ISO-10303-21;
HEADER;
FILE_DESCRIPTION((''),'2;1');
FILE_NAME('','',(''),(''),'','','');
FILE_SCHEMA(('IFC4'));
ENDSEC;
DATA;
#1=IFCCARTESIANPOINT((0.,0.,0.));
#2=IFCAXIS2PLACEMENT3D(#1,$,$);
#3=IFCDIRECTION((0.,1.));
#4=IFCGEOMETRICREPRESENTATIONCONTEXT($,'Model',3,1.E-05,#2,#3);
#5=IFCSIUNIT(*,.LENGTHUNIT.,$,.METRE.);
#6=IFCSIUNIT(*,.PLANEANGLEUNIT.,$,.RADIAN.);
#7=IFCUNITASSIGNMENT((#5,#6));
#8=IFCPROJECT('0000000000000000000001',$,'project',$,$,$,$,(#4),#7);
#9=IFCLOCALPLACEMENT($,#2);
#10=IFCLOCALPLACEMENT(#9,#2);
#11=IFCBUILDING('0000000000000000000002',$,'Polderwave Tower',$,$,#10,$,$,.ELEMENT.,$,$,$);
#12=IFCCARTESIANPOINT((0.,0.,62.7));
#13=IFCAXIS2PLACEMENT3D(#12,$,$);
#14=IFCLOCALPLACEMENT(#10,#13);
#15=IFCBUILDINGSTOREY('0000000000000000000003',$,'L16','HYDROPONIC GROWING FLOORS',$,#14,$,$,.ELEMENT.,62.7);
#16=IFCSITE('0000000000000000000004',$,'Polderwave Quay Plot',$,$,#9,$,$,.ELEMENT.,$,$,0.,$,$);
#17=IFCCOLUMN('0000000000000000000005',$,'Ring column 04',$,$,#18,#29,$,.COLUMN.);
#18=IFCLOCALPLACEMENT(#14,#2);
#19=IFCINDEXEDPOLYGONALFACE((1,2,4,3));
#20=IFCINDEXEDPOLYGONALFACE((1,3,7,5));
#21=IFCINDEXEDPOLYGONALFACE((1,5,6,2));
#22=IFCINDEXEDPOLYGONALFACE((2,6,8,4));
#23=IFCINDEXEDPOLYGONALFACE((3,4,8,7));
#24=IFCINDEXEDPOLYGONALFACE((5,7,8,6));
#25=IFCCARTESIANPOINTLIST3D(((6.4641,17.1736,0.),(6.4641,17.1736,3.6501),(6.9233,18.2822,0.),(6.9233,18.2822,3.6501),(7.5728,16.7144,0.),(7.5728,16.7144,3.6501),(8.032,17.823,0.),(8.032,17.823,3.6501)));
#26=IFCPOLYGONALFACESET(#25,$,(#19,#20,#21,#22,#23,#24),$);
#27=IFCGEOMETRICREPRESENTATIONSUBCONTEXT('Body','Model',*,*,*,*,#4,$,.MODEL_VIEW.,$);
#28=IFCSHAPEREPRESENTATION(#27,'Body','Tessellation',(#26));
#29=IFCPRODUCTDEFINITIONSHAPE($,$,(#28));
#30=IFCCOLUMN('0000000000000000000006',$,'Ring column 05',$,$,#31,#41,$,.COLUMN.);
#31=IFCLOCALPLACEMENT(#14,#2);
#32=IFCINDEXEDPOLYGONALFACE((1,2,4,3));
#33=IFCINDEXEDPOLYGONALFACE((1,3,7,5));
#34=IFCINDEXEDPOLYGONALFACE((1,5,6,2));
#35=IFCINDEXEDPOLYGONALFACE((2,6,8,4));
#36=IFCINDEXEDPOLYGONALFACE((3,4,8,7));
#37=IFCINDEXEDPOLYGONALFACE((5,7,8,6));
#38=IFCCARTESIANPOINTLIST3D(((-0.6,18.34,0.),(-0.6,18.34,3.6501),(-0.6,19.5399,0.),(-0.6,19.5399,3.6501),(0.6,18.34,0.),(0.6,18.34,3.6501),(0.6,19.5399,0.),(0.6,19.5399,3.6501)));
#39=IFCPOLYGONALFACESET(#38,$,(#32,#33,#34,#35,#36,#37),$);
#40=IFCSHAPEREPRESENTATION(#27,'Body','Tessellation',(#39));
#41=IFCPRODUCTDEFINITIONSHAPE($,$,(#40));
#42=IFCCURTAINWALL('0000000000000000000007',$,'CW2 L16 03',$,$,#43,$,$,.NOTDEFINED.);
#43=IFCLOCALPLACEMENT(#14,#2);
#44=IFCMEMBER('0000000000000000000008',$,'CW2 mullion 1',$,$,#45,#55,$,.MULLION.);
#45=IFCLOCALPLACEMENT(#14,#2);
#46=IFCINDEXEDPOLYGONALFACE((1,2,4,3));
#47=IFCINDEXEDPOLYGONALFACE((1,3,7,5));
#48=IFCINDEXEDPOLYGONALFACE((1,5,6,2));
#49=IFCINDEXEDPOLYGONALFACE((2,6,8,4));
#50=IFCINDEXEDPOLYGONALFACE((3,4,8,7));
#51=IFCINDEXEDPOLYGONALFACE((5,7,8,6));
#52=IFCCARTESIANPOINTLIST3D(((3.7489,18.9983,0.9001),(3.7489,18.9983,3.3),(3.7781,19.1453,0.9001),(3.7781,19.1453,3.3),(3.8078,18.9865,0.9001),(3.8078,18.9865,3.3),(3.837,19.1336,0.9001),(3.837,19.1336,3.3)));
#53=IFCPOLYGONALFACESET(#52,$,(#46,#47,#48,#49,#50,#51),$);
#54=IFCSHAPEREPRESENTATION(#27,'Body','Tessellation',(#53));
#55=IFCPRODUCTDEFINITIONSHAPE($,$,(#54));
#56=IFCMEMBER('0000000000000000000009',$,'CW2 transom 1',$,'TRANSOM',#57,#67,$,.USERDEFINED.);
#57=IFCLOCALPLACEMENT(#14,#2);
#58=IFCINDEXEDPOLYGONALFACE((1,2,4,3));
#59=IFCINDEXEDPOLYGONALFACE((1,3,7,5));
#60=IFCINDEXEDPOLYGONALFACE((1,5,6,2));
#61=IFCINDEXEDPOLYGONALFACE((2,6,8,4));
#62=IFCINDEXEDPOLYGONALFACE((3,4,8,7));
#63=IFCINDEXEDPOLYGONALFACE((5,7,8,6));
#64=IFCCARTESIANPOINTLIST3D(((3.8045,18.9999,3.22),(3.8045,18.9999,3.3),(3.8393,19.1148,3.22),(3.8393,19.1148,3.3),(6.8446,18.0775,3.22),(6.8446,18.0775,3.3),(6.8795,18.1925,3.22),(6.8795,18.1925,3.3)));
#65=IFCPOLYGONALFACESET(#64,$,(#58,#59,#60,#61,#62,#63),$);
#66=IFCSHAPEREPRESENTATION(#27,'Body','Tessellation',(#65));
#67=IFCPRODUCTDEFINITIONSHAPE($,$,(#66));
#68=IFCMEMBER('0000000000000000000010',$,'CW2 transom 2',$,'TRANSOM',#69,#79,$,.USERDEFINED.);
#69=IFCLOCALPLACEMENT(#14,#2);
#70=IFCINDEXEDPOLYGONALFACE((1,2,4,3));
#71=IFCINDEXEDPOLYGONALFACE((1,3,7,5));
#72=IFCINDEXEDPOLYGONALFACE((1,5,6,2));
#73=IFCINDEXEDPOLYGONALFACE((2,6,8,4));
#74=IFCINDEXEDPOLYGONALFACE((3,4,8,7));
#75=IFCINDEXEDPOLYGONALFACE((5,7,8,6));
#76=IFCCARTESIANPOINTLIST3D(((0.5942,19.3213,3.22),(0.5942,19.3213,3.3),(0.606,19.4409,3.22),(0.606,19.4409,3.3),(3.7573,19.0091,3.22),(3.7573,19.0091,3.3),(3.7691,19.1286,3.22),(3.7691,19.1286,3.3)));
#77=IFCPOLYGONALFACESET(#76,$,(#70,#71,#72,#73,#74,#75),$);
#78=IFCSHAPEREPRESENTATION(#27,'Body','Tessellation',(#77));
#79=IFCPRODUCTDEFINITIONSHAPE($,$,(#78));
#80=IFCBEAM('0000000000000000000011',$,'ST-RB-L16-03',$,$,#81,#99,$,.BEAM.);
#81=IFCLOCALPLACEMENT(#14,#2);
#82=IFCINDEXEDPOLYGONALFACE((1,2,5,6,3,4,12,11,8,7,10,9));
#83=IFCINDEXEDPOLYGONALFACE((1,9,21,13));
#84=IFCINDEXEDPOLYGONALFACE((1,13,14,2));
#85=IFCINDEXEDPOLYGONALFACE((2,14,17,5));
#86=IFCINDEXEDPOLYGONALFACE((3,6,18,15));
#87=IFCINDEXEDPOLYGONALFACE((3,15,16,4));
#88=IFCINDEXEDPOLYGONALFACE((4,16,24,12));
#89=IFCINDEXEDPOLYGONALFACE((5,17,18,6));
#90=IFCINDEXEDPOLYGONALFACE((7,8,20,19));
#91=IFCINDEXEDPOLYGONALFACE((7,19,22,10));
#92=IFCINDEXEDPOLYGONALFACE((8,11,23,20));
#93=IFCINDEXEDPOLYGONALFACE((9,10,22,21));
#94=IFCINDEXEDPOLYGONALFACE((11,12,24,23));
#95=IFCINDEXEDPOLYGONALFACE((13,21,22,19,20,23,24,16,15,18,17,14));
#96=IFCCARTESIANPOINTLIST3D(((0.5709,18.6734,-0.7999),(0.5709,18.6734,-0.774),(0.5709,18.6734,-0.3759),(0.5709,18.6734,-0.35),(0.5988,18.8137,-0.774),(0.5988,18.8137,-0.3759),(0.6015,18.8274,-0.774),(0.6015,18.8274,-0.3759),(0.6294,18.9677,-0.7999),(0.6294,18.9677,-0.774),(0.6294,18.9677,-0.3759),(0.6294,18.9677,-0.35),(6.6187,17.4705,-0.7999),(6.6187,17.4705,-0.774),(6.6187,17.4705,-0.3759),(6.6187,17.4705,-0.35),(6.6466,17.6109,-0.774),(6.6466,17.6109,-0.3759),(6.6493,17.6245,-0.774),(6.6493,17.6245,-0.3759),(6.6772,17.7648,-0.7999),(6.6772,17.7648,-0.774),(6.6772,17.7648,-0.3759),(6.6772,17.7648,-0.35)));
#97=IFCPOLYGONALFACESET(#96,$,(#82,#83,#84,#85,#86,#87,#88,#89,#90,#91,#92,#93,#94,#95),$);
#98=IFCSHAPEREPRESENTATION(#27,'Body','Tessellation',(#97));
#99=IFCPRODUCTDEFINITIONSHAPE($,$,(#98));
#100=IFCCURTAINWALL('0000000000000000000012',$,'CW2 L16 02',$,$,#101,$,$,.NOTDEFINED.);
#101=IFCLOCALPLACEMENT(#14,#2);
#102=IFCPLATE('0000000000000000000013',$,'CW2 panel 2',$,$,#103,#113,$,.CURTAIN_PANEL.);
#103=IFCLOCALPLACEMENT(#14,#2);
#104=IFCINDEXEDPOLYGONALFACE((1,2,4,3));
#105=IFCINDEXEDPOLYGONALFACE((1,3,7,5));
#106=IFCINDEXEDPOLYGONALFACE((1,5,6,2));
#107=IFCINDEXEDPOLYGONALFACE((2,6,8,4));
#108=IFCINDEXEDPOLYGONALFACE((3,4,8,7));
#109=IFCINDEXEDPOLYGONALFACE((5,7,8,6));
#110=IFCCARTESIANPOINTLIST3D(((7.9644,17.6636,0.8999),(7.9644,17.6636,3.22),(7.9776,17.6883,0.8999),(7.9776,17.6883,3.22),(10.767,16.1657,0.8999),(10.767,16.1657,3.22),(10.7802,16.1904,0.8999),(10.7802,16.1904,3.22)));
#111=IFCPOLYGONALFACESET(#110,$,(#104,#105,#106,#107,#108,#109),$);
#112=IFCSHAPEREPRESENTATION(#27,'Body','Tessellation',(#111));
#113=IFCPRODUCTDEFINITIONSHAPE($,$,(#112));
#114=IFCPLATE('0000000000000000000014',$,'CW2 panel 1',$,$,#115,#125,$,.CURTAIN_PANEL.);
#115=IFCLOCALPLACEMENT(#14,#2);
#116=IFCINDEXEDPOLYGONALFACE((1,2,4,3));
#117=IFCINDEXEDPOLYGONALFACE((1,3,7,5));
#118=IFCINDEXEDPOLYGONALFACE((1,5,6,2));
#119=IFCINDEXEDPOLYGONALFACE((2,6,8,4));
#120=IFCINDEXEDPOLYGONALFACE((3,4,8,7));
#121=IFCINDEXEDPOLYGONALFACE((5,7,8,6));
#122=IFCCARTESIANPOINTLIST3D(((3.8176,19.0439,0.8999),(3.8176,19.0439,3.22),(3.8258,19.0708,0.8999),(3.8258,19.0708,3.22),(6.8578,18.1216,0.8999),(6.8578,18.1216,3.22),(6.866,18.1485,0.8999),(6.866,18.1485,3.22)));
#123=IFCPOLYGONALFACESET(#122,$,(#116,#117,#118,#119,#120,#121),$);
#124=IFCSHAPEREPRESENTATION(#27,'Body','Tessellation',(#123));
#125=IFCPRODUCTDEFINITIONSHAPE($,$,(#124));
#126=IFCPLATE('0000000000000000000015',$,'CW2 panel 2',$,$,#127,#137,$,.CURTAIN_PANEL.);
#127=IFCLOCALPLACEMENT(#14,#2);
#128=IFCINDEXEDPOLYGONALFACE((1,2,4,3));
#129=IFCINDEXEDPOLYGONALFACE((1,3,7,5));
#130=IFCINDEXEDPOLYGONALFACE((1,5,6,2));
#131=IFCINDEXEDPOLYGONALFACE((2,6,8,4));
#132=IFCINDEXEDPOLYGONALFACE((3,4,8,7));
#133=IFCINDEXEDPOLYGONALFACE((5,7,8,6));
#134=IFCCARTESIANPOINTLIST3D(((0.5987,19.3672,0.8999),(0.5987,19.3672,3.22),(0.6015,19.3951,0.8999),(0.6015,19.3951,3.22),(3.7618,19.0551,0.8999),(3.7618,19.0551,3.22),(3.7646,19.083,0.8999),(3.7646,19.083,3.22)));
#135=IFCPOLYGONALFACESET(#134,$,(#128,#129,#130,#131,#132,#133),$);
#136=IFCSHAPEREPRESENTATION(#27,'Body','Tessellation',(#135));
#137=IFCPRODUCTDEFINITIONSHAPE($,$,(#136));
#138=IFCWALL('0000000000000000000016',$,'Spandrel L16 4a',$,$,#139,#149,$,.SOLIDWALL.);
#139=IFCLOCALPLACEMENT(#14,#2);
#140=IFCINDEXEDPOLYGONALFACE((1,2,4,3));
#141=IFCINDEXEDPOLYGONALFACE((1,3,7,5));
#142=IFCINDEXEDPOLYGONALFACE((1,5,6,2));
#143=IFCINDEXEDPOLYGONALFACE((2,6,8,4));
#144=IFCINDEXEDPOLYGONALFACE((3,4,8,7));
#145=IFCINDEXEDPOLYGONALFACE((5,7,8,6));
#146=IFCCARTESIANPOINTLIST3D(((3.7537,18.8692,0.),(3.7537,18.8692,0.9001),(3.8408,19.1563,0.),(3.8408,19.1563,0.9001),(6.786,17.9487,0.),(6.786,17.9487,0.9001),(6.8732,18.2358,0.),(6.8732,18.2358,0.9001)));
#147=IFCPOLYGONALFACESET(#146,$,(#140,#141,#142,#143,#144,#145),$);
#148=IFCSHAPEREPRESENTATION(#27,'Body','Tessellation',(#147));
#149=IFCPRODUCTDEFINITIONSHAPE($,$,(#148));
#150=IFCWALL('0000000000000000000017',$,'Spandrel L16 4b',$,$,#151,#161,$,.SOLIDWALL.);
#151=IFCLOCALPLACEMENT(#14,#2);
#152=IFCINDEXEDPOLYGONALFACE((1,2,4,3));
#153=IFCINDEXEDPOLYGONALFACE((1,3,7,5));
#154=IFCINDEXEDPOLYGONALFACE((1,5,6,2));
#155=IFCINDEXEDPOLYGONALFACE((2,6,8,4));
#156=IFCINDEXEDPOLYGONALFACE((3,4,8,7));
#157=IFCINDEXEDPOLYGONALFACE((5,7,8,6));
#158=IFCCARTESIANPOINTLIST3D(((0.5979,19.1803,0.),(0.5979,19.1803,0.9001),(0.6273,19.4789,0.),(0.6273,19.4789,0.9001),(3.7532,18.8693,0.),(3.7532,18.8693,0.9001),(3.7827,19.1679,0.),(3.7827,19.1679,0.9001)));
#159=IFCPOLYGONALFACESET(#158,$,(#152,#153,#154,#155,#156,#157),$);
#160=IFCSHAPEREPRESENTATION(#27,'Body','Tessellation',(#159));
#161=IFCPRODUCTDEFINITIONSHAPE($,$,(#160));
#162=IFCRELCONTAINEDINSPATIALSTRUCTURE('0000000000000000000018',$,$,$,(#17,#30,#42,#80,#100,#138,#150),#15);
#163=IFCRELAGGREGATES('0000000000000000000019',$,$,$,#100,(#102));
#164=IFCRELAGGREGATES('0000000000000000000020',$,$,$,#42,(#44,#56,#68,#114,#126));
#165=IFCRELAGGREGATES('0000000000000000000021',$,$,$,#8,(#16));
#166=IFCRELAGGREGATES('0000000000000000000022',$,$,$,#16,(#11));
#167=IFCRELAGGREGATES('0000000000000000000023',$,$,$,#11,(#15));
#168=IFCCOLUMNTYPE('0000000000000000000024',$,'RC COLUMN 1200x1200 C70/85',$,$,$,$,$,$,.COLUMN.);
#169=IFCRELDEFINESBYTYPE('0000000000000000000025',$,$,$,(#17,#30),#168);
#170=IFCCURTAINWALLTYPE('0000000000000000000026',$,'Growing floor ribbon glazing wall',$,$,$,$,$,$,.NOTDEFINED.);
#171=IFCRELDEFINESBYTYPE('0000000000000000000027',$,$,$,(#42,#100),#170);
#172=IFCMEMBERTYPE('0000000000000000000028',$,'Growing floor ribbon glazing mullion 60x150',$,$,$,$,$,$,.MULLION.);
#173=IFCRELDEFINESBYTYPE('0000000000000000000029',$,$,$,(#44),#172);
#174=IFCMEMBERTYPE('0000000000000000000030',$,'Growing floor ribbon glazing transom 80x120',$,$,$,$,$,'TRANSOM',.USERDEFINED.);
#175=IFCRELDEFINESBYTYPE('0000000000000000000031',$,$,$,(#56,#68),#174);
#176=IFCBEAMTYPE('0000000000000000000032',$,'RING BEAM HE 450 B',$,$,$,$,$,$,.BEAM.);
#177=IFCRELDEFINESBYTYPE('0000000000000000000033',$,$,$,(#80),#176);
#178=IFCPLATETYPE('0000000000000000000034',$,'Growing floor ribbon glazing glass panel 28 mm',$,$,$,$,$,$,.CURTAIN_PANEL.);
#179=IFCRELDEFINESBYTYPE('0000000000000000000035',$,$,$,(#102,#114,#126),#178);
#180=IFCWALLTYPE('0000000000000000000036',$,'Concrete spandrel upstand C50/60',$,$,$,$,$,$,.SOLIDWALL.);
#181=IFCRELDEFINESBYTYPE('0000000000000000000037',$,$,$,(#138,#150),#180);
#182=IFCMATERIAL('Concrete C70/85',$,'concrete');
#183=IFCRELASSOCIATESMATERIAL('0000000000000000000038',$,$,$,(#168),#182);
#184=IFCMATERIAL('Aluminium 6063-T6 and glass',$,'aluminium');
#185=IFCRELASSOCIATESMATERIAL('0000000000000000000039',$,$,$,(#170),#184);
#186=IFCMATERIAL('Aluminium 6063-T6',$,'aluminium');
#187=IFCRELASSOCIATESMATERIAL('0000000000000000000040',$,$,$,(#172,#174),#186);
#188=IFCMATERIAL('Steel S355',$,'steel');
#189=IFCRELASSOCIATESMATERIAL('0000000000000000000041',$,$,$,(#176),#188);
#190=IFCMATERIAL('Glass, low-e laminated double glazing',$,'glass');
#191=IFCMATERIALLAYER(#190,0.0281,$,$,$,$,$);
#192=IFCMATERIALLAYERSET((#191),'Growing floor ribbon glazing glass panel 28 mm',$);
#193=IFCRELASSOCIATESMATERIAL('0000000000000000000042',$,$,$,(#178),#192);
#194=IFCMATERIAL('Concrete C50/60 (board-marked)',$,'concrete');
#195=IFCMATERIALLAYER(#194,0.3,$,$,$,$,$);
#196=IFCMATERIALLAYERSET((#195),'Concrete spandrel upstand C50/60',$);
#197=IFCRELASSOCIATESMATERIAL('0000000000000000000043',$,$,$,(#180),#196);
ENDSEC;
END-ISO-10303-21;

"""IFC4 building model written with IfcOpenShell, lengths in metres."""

from ifc_helpers import new_model, si_unit, direction, frame, frame_2d, origin, origin_2d, place, context, subcontext, project, spatial, rectangle, i_section, extrude, material, layer, layer_set, material_profile, profile_set, type_object, element, aggregate, save


model = new_model("IFC4")

# Units and contexts
model_context = context("Model", 3, precision=1e-05, world=origin(), true_north=direction((0.0, 1.0)))
body_context = subcontext(model_context, "Body", "Model", "MODEL_VIEW")
ifc_project = project(units=[si_unit("LENGTHUNIT", "METRE"), si_unit("PLANEANGLEUNIT", "RADIAN")], contexts=[model_context])

# Site, building, storey
site_placement = place(None, origin())
site = spatial("IfcSite", under=ifc_project, at=site_placement, Name="Polderwave Quay Plot", CompositionType="ELEMENT", RefElevation=0.0)
building_placement = place(site_placement, origin())
building = spatial("IfcBuilding", under=site, at=building_placement, Name="Polderwave Tower", CompositionType="ELEMENT")
storey_placement = place(building_placement, frame((0.0, 0.0, 62.7)))
storey = spatial("IfcBuildingStorey", under=building, at=storey_placement, Name="L16", Description="HYDROPONIC GROWING FLOORS", CompositionType="ELEMENT", Elevation=62.7)

# Columns
ifc_material_1 = material(Name="Concrete C70/85", Category="concrete")
ifc_material_profile_1 = material_profile(ifc_material_1, rectangle(XDim=1.2, YDim=1.2, at=origin_2d()), Name="RC 1200x1200")
ifc_profile_set_1 = profile_set([ifc_material_profile_1], Name="Concrete C70/85")
column_type = type_object("IfcColumnType", Name="RC COLUMN 1200x1200 C70/85", PredefinedType="COLUMN", material=ifc_profile_set_1)
for number, where, z_axis, x_axis, name in (
    (1, (7.248, 17.4983, 0.0), (0.0, 0.0, 1.0), (0.382683, 0.92388, 0.0), "Ring column 04"),
    (2, (0.0, 18.9399, 0.0), (0.0, 0.0, 1.0), (0.0, 1.0, 0.0), "Ring column 05"),
):
    element("IfcColumn", number, at=place(storey_placement, frame(where, z_axis=z_axis, x_axis=x_axis)), inside=storey, type_object=column_type, Name=name, PredefinedType="COLUMN", context=body_context, shape_type="SweptSolid", body=[
        extrude(rectangle(XDim=1.2, YDim=1.2, at=origin_2d()), origin(), (0.0, 0.0, 1.0), 3.6501),
    ])

# Curtain wall, members
ifc_material_2 = material(Name="Aluminium 6063-T6 and glass", Category="aluminium")
curtain_wall_type = type_object("IfcCurtainWallType", Name="Growing floor ribbon glazing wall", PredefinedType="NOTDEFINED", material=ifc_material_2)
curtain_wall_1_placement = place(storey_placement, origin())
curtain_wall_1 = element("IfcCurtainWall", 3, at=curtain_wall_1_placement, inside=storey, type_object=curtain_wall_type, Name="CW2 L16 03", PredefinedType="NOTDEFINED")
ifc_material_3 = material(Name="Aluminium 6063-T6", Category="aluminium")
ifc_material_profile_2 = material_profile(ifc_material_3, rectangle(XDim=0.1499, YDim=0.0601, at=origin_2d()), Name="AL 60x150")
ifc_profile_set_2 = profile_set([ifc_material_profile_2], Name="Aluminium 6063-T6")
member_type_1 = type_object("IfcMemberType", Name="Growing floor ribbon glazing mullion 60x150", PredefinedType="MULLION", material=ifc_profile_set_2)
member_1_placement = place(storey_placement, frame((3.793, 19.0659, 0.9001), z_axis=(0.0, 0.0, 1.0), x_axis=(-0.195172, -0.980769, 0.0)))
member_1 = element("IfcMember", 4, at=member_1_placement, type_object=member_type_1, Name="CW2 mullion 1", PredefinedType="MULLION", context=body_context, shape_type="SweptSolid", body=[
    extrude(rectangle(XDim=0.1499, YDim=0.0601, at=origin_2d()), origin(), (0.0, 0.0, 1.0), 2.3999),
])
ifc_material_profile_3 = material_profile(ifc_material_3, rectangle(XDim=0.1201, YDim=0.0801, at=origin_2d()), Name="AL 80x120")
ifc_profile_set_3 = profile_set([ifc_material_profile_3], Name="Aluminium 6063-T6")
member_type_2 = type_object("IfcMemberType", Name="Growing floor ribbon glazing transom 80x120", ElementType="TRANSOM", PredefinedType="USERDEFINED", material=ifc_profile_set_3)
member_2_placement = place(storey_placement, frame((6.8621, 18.135, 3.26), z_axis=(-0.956931, 0.290314, 0.0), x_axis=(-0.290314, -0.956931, 0.0)))
member_2 = element("IfcMember", 5, at=member_2_placement, type_object=member_type_2, Name="CW2 transom 1", ObjectType="TRANSOM", PredefinedType="USERDEFINED", context=body_context, shape_type="SweptSolid", body=[
    extrude(rectangle(XDim=0.1201, YDim=0.0801, at=origin_2d()), origin(), (0.0, 0.0, 1.0), 3.177),
])
member_3_placement = place(storey_placement, frame((3.7632, 19.0688, 3.26), z_axis=(-0.995163, 0.098241, 0.0), x_axis=(-0.098241, -0.995163, 0.0)))
member_3 = element("IfcMember", 6, at=member_3_placement, type_object=member_type_2, Name="CW2 transom 2", ObjectType="TRANSOM", PredefinedType="USERDEFINED", context=body_context, shape_type="SweptSolid", body=[
    extrude(rectangle(XDim=0.1201, YDim=0.0801, at=origin_2d()), origin(), (0.0, 0.0, 1.0), 3.1785),
])

# Beam
ifc_material_4 = material(Name="Steel S355", Category="steel")
ifc_material_profile_4 = material_profile(ifc_material_4, i_section(OverallWidth=0.3, OverallDepth=0.45, WebThickness=0.0139, FlangeThickness=0.0259, at=origin_2d()), Name="HE 450 B")
ifc_profile_set_4 = profile_set([ifc_material_profile_4], Name="Steel S355")
beam_type = type_object("IfcBeamType", Name="RING BEAM HE 450 B", PredefinedType="BEAM", material=ifc_profile_set_4)
beam_placement = place(storey_placement, frame((6.6479, 17.6177, -0.575), z_axis=(-0.980789, 0.195073, 0.0), x_axis=(-0.195073, -0.980789, 0.0)))
element("IfcBeam", 7, at=beam_placement, inside=storey, type_object=beam_type, Name="ST-RB-L16-03", PredefinedType="BEAM", context=body_context, shape_type="SweptSolid", body=[
    extrude(i_section(OverallWidth=0.3, OverallDepth=0.45, WebThickness=0.0139, FlangeThickness=0.0259, at=origin_2d()), origin(), (0.0, 0.0, 1.0), 6.1663),
])

# Curtain wall, plate
curtain_wall_2_placement = place(storey_placement, origin())
curtain_wall_2 = element("IfcCurtainWall", 8, at=curtain_wall_2_placement, inside=storey, type_object=curtain_wall_type, Name="CW2 L16 02", PredefinedType="NOTDEFINED")
ifc_material_5 = material(Name="Glass, low-e laminated double glazing", Category="glass")
ifc_layer_1 = layer(ifc_material_5, 0.0281)
ifc_layer_set_1 = layer_set([ifc_layer_1], Name="Growing floor ribbon glazing glass panel 28 mm")
plate_type = type_object("IfcPlateType", Name="Growing floor ribbon glazing glass panel 28 mm", PredefinedType="CURTAIN_PANEL", material=ifc_layer_set_1)
plate_1_placement = place(storey_placement, frame((9.3723, 16.927, 0.8999), z_axis=(0.0, 0.0, 1.0), x_axis=(-0.881939, 0.471364, 0.0)))
plate_1 = element("IfcPlate", 9, at=plate_1_placement, type_object=plate_type, Name="CW2 panel 2", PredefinedType="CURTAIN_PANEL", context=body_context, shape_type="SweptSolid", body=[
    extrude(rectangle(XDim=3.1777, YDim=0.0281, at=origin_2d()), origin(), (0.0, 0.0, 1.0), 2.3201),
])
aggregate(curtain_wall_2, [plate_1])

# Plates
plate_2_placement = place(storey_placement, frame((5.3418, 18.5962, 0.8999), z_axis=(0.0, 0.0, 1.0), x_axis=(-0.956938, 0.290293, 0.0)))
plate_2 = element("IfcPlate", 10, at=plate_2_placement, type_object=plate_type, Name="CW2 panel 1", PredefinedType="CURTAIN_PANEL", context=body_context, shape_type="SweptSolid", body=[
    extrude(rectangle(XDim=3.177, YDim=0.0281, at=origin_2d()), origin(), (0.0, 0.0, 1.0), 2.3201),
])
plate_3_placement = place(storey_placement, frame((2.1816, 19.2251, 0.8999), z_axis=(0.0, 0.0, 1.0), x_axis=(-0.995169, 0.098177, 0.0)))
plate_3 = element("IfcPlate", 11, at=plate_3_placement, type_object=plate_type, Name="CW2 panel 2", PredefinedType="CURTAIN_PANEL", context=body_context, shape_type="SweptSolid", body=[
    extrude(rectangle(XDim=3.1785, YDim=0.0281, at=origin_2d()), origin(), (0.0, 0.0, 1.0), 2.3201),
])
aggregate(curtain_wall_1, [member_1, member_2, member_3, plate_2, plate_3])

# Walls
ifc_material_6 = material(Name="Concrete C50/60 (board-marked)", Category="concrete")
ifc_layer_2 = layer(ifc_material_6, 0.3)
ifc_layer_set_2 = layer_set([ifc_layer_2], Name="Concrete spandrel upstand C50/60")
wall_type_1 = type_object("IfcWallType", Name="Concrete spandrel upstand C50/60", PredefinedType="SOLIDWALL", material=ifc_layer_set_2)
wall_1_placement = place(storey_placement, frame((6.8296, 18.0923, 0.0), z_axis=(0.0, 0.0, 1.0), x_axis=(-0.956888, 0.290456, 0.0)))
element("IfcWall", 12, at=wall_1_placement, inside=storey, type_object=wall_type_1, Name="Spandrel L16 4a", PredefinedType="SOLIDWALL", context=body_context, shape_type="SweptSolid", body=[
    extrude(rectangle(XDim=3.1689, YDim=0.3, at=frame_2d((1.5845, 0.0))), origin(), (0.0, 0.0, 1.0), 0.9001),
])
wall_2_placement = place(storey_placement, frame((3.7681, 19.0186, 0.0), z_axis=(0.0, 0.0, 1.0), x_axis=(-0.995176, 0.098101, 0.0)))
element("IfcWall", 13, at=wall_2_placement, inside=storey, type_object=wall_type_1, Name="Spandrel L16 4b", PredefinedType="SOLIDWALL", context=body_context, shape_type="SweptSolid", body=[
    extrude(rectangle(XDim=3.1707, YDim=0.3, at=frame_2d((1.5854, 0.0))), origin(), (0.0, 0.0, 1.0), 0.9001),
])

save(model, "model.ifc")
